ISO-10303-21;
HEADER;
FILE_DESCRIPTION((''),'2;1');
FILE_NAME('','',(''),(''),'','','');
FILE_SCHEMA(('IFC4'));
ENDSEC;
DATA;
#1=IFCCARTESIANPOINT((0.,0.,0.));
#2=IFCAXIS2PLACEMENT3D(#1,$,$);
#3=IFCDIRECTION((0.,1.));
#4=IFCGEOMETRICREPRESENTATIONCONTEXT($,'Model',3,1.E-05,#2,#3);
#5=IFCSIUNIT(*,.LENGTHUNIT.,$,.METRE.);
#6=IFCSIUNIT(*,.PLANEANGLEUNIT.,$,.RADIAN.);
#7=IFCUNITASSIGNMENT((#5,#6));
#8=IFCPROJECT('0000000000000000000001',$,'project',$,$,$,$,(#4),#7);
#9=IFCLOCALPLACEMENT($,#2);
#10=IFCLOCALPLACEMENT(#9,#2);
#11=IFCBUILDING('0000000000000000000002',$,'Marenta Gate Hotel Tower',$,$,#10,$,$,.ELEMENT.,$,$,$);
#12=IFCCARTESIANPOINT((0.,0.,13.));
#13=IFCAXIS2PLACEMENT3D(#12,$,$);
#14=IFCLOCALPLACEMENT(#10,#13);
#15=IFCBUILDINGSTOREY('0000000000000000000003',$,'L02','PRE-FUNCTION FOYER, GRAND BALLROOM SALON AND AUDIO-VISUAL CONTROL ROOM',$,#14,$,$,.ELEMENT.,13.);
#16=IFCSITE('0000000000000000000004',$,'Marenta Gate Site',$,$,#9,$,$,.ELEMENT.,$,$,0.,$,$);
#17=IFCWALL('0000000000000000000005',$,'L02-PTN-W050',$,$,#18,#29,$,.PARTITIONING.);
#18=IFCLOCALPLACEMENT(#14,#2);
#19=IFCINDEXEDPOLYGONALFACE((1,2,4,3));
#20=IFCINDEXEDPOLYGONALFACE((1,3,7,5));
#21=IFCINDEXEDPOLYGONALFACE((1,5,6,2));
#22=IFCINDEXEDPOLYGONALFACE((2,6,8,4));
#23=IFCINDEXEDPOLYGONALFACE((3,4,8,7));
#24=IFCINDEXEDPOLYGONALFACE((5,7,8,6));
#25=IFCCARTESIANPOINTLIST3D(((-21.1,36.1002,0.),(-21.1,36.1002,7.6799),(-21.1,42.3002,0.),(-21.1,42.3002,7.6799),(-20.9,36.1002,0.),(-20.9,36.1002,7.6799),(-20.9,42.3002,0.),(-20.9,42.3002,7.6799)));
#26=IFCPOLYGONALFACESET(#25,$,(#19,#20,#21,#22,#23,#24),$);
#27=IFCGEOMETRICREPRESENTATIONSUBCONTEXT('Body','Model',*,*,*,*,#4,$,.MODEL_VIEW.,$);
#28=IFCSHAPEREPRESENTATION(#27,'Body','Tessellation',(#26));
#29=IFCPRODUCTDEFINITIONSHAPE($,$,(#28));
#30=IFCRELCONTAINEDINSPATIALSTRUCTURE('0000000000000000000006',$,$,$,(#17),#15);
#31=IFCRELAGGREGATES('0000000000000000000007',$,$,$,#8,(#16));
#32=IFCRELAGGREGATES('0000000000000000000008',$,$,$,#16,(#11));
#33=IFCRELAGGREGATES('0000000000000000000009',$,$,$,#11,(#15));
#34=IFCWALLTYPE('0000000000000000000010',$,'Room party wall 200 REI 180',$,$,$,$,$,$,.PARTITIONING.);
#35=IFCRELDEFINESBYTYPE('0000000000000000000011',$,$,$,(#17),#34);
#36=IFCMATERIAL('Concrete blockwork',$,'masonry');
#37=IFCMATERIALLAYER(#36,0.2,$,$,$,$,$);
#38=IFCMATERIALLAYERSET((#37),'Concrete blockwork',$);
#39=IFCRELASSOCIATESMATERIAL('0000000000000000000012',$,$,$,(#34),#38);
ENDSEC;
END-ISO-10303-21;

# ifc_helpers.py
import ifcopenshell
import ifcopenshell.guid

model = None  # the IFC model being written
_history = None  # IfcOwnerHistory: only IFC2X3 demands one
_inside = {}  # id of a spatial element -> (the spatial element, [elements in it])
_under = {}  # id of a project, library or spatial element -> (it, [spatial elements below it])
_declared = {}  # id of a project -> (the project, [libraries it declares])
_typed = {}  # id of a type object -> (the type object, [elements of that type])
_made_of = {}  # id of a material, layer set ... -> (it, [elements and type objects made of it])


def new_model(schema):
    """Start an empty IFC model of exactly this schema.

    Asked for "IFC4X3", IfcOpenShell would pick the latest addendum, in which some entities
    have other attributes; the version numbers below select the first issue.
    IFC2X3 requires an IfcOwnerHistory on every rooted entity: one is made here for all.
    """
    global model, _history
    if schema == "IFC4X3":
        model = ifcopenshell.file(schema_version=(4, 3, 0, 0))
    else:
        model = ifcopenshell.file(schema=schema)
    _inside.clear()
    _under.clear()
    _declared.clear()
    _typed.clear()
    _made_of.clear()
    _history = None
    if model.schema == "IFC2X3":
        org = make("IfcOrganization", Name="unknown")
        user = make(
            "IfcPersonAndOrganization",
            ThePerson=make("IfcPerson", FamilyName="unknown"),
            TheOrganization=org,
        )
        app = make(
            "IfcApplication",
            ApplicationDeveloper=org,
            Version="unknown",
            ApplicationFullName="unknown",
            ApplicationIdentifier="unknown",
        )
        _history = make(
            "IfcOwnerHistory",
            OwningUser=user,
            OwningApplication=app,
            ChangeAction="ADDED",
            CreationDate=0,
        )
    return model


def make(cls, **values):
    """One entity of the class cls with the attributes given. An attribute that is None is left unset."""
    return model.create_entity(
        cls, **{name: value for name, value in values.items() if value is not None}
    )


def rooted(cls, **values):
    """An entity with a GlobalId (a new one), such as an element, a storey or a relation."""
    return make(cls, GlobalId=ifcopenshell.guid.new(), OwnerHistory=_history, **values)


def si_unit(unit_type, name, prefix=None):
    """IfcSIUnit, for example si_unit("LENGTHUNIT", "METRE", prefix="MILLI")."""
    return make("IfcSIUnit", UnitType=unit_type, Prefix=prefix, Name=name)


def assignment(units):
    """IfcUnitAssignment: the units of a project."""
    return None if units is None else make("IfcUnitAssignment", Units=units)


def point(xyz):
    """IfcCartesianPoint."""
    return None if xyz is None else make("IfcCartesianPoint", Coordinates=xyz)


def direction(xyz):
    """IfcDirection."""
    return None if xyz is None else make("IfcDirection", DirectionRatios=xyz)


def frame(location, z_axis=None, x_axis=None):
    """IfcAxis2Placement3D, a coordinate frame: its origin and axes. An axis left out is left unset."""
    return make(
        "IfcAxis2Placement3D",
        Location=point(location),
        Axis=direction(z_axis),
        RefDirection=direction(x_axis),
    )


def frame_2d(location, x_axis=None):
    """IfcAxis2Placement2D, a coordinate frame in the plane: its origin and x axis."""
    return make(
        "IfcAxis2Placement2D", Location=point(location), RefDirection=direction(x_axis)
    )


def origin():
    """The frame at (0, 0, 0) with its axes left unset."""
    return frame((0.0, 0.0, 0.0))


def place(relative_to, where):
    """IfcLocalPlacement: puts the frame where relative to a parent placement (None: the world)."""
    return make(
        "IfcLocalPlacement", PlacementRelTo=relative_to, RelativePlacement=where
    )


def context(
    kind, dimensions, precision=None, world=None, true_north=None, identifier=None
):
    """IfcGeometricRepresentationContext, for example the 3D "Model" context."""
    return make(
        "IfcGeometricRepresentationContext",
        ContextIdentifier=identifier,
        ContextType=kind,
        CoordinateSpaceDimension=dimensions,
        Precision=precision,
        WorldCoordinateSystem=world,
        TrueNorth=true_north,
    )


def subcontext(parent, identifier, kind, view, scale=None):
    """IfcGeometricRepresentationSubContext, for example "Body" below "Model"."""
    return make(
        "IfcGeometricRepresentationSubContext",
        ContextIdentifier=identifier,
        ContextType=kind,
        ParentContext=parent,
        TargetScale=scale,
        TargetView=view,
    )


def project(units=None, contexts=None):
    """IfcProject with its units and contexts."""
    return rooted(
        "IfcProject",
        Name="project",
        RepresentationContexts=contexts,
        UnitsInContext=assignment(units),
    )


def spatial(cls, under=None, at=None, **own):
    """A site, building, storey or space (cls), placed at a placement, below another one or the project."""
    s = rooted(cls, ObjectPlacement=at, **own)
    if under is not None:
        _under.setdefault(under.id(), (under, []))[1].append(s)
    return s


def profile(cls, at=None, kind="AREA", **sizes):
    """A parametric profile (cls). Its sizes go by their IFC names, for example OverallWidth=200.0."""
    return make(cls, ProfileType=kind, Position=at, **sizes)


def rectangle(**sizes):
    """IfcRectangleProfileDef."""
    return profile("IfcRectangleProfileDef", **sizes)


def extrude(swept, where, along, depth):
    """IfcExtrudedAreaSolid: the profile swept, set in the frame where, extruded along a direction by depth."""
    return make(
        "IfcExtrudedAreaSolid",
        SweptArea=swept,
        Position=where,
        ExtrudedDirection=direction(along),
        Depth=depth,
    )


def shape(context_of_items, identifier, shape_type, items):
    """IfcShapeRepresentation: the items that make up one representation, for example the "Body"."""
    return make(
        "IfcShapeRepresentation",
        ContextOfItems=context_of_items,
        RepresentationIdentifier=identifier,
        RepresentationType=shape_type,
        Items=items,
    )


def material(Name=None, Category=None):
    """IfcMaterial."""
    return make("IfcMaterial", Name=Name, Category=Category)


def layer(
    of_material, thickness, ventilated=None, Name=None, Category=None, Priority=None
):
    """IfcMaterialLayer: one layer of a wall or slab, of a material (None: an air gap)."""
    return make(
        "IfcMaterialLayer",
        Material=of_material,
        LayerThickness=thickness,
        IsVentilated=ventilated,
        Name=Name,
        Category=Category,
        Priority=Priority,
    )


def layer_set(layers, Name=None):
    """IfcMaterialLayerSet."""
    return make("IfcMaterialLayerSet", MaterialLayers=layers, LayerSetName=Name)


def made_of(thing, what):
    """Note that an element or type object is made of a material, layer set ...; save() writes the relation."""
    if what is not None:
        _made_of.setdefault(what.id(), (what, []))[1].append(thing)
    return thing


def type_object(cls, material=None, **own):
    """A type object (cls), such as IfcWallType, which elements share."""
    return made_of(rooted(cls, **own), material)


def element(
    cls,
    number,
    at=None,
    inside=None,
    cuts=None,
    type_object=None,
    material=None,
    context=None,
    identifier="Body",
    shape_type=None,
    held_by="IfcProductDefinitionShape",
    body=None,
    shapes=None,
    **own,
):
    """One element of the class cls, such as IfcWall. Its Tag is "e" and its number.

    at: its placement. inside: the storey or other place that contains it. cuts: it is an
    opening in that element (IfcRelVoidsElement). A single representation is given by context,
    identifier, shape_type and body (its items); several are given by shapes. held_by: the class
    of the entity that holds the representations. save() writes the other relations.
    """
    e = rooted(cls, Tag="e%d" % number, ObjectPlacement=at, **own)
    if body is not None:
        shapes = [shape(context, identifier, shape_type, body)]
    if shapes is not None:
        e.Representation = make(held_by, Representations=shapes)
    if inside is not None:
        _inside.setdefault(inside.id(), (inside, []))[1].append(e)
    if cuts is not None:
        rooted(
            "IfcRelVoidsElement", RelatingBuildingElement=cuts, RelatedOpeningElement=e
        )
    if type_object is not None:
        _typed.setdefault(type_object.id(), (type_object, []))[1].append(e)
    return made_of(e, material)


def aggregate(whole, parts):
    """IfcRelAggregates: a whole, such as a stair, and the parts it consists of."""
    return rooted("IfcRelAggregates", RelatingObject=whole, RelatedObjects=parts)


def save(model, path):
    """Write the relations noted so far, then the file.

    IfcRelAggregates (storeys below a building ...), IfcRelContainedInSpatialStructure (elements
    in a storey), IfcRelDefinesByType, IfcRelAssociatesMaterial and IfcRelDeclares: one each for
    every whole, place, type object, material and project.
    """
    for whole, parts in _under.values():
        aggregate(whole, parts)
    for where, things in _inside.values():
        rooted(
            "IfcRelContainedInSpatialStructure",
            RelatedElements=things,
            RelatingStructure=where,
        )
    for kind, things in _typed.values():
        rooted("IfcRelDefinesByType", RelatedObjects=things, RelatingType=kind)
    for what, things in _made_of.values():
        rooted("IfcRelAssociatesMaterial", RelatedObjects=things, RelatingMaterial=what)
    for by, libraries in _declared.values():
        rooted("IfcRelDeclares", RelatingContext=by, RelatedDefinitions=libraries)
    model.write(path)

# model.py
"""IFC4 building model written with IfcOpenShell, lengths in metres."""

from ifc_helpers import new_model, si_unit, direction, frame, frame_2d, origin, place, context, subcontext, project, spatial, rectangle, extrude, material, layer, layer_set, type_object, element, save


model = new_model("IFC4")

# Units and contexts
model_context = context("Model", 3, precision=1e-05, world=origin(), true_north=direction((0.0, 1.0)))
body_context = subcontext(model_context, "Body", "Model", "MODEL_VIEW")
ifc_project = project(units=[si_unit("LENGTHUNIT", "METRE"), si_unit("PLANEANGLEUNIT", "RADIAN")], contexts=[model_context])

# Site, building, storey
site_placement = place(None, origin())
site = spatial("IfcSite", under=ifc_project, at=site_placement, Name="Marenta Gate Site", CompositionType="ELEMENT", RefElevation=0.0)
building_placement = place(site_placement, origin())
building = spatial("IfcBuilding", under=site, at=building_placement, Name="Marenta Gate Hotel Tower", CompositionType="ELEMENT")
storey_placement = place(building_placement, frame((0.0, 0.0, 13.0)))
storey = spatial("IfcBuildingStorey", under=building, at=storey_placement, Name="L02", Description="PRE-FUNCTION FOYER, GRAND BALLROOM SALON AND AUDIO-VISUAL CONTROL ROOM", CompositionType="ELEMENT", Elevation=13.0)

# Wall
ifc_material_1 = material(Name="Concrete blockwork", Category="masonry")
ifc_layer_1 = layer(ifc_material_1, 0.2)
ifc_layer_set_1 = layer_set([ifc_layer_1], Name="Concrete blockwork")
wall_type_1 = type_object("IfcWallType", Name="Room party wall 200 REI 180", PredefinedType="PARTITIONING", material=ifc_layer_set_1)
wall_1_placement = place(storey_placement, frame((-21.0, 36.1001, 0.0), z_axis=(0.0, 0.0, 1.0), x_axis=(0.0, 1.0, 0.0)))
element("IfcWall", 1, at=wall_1_placement, inside=storey, type_object=wall_type_1, Name="L02-PTN-W050", PredefinedType="PARTITIONING", context=body_context, shape_type="SweptSolid", body=[
    extrude(rectangle(XDim=6.2, YDim=0.2, at=frame_2d((3.1001, 0.0))), origin(), (0.0, 0.0, 1.0), 7.6799),
])

save(model, "model.ifc")
